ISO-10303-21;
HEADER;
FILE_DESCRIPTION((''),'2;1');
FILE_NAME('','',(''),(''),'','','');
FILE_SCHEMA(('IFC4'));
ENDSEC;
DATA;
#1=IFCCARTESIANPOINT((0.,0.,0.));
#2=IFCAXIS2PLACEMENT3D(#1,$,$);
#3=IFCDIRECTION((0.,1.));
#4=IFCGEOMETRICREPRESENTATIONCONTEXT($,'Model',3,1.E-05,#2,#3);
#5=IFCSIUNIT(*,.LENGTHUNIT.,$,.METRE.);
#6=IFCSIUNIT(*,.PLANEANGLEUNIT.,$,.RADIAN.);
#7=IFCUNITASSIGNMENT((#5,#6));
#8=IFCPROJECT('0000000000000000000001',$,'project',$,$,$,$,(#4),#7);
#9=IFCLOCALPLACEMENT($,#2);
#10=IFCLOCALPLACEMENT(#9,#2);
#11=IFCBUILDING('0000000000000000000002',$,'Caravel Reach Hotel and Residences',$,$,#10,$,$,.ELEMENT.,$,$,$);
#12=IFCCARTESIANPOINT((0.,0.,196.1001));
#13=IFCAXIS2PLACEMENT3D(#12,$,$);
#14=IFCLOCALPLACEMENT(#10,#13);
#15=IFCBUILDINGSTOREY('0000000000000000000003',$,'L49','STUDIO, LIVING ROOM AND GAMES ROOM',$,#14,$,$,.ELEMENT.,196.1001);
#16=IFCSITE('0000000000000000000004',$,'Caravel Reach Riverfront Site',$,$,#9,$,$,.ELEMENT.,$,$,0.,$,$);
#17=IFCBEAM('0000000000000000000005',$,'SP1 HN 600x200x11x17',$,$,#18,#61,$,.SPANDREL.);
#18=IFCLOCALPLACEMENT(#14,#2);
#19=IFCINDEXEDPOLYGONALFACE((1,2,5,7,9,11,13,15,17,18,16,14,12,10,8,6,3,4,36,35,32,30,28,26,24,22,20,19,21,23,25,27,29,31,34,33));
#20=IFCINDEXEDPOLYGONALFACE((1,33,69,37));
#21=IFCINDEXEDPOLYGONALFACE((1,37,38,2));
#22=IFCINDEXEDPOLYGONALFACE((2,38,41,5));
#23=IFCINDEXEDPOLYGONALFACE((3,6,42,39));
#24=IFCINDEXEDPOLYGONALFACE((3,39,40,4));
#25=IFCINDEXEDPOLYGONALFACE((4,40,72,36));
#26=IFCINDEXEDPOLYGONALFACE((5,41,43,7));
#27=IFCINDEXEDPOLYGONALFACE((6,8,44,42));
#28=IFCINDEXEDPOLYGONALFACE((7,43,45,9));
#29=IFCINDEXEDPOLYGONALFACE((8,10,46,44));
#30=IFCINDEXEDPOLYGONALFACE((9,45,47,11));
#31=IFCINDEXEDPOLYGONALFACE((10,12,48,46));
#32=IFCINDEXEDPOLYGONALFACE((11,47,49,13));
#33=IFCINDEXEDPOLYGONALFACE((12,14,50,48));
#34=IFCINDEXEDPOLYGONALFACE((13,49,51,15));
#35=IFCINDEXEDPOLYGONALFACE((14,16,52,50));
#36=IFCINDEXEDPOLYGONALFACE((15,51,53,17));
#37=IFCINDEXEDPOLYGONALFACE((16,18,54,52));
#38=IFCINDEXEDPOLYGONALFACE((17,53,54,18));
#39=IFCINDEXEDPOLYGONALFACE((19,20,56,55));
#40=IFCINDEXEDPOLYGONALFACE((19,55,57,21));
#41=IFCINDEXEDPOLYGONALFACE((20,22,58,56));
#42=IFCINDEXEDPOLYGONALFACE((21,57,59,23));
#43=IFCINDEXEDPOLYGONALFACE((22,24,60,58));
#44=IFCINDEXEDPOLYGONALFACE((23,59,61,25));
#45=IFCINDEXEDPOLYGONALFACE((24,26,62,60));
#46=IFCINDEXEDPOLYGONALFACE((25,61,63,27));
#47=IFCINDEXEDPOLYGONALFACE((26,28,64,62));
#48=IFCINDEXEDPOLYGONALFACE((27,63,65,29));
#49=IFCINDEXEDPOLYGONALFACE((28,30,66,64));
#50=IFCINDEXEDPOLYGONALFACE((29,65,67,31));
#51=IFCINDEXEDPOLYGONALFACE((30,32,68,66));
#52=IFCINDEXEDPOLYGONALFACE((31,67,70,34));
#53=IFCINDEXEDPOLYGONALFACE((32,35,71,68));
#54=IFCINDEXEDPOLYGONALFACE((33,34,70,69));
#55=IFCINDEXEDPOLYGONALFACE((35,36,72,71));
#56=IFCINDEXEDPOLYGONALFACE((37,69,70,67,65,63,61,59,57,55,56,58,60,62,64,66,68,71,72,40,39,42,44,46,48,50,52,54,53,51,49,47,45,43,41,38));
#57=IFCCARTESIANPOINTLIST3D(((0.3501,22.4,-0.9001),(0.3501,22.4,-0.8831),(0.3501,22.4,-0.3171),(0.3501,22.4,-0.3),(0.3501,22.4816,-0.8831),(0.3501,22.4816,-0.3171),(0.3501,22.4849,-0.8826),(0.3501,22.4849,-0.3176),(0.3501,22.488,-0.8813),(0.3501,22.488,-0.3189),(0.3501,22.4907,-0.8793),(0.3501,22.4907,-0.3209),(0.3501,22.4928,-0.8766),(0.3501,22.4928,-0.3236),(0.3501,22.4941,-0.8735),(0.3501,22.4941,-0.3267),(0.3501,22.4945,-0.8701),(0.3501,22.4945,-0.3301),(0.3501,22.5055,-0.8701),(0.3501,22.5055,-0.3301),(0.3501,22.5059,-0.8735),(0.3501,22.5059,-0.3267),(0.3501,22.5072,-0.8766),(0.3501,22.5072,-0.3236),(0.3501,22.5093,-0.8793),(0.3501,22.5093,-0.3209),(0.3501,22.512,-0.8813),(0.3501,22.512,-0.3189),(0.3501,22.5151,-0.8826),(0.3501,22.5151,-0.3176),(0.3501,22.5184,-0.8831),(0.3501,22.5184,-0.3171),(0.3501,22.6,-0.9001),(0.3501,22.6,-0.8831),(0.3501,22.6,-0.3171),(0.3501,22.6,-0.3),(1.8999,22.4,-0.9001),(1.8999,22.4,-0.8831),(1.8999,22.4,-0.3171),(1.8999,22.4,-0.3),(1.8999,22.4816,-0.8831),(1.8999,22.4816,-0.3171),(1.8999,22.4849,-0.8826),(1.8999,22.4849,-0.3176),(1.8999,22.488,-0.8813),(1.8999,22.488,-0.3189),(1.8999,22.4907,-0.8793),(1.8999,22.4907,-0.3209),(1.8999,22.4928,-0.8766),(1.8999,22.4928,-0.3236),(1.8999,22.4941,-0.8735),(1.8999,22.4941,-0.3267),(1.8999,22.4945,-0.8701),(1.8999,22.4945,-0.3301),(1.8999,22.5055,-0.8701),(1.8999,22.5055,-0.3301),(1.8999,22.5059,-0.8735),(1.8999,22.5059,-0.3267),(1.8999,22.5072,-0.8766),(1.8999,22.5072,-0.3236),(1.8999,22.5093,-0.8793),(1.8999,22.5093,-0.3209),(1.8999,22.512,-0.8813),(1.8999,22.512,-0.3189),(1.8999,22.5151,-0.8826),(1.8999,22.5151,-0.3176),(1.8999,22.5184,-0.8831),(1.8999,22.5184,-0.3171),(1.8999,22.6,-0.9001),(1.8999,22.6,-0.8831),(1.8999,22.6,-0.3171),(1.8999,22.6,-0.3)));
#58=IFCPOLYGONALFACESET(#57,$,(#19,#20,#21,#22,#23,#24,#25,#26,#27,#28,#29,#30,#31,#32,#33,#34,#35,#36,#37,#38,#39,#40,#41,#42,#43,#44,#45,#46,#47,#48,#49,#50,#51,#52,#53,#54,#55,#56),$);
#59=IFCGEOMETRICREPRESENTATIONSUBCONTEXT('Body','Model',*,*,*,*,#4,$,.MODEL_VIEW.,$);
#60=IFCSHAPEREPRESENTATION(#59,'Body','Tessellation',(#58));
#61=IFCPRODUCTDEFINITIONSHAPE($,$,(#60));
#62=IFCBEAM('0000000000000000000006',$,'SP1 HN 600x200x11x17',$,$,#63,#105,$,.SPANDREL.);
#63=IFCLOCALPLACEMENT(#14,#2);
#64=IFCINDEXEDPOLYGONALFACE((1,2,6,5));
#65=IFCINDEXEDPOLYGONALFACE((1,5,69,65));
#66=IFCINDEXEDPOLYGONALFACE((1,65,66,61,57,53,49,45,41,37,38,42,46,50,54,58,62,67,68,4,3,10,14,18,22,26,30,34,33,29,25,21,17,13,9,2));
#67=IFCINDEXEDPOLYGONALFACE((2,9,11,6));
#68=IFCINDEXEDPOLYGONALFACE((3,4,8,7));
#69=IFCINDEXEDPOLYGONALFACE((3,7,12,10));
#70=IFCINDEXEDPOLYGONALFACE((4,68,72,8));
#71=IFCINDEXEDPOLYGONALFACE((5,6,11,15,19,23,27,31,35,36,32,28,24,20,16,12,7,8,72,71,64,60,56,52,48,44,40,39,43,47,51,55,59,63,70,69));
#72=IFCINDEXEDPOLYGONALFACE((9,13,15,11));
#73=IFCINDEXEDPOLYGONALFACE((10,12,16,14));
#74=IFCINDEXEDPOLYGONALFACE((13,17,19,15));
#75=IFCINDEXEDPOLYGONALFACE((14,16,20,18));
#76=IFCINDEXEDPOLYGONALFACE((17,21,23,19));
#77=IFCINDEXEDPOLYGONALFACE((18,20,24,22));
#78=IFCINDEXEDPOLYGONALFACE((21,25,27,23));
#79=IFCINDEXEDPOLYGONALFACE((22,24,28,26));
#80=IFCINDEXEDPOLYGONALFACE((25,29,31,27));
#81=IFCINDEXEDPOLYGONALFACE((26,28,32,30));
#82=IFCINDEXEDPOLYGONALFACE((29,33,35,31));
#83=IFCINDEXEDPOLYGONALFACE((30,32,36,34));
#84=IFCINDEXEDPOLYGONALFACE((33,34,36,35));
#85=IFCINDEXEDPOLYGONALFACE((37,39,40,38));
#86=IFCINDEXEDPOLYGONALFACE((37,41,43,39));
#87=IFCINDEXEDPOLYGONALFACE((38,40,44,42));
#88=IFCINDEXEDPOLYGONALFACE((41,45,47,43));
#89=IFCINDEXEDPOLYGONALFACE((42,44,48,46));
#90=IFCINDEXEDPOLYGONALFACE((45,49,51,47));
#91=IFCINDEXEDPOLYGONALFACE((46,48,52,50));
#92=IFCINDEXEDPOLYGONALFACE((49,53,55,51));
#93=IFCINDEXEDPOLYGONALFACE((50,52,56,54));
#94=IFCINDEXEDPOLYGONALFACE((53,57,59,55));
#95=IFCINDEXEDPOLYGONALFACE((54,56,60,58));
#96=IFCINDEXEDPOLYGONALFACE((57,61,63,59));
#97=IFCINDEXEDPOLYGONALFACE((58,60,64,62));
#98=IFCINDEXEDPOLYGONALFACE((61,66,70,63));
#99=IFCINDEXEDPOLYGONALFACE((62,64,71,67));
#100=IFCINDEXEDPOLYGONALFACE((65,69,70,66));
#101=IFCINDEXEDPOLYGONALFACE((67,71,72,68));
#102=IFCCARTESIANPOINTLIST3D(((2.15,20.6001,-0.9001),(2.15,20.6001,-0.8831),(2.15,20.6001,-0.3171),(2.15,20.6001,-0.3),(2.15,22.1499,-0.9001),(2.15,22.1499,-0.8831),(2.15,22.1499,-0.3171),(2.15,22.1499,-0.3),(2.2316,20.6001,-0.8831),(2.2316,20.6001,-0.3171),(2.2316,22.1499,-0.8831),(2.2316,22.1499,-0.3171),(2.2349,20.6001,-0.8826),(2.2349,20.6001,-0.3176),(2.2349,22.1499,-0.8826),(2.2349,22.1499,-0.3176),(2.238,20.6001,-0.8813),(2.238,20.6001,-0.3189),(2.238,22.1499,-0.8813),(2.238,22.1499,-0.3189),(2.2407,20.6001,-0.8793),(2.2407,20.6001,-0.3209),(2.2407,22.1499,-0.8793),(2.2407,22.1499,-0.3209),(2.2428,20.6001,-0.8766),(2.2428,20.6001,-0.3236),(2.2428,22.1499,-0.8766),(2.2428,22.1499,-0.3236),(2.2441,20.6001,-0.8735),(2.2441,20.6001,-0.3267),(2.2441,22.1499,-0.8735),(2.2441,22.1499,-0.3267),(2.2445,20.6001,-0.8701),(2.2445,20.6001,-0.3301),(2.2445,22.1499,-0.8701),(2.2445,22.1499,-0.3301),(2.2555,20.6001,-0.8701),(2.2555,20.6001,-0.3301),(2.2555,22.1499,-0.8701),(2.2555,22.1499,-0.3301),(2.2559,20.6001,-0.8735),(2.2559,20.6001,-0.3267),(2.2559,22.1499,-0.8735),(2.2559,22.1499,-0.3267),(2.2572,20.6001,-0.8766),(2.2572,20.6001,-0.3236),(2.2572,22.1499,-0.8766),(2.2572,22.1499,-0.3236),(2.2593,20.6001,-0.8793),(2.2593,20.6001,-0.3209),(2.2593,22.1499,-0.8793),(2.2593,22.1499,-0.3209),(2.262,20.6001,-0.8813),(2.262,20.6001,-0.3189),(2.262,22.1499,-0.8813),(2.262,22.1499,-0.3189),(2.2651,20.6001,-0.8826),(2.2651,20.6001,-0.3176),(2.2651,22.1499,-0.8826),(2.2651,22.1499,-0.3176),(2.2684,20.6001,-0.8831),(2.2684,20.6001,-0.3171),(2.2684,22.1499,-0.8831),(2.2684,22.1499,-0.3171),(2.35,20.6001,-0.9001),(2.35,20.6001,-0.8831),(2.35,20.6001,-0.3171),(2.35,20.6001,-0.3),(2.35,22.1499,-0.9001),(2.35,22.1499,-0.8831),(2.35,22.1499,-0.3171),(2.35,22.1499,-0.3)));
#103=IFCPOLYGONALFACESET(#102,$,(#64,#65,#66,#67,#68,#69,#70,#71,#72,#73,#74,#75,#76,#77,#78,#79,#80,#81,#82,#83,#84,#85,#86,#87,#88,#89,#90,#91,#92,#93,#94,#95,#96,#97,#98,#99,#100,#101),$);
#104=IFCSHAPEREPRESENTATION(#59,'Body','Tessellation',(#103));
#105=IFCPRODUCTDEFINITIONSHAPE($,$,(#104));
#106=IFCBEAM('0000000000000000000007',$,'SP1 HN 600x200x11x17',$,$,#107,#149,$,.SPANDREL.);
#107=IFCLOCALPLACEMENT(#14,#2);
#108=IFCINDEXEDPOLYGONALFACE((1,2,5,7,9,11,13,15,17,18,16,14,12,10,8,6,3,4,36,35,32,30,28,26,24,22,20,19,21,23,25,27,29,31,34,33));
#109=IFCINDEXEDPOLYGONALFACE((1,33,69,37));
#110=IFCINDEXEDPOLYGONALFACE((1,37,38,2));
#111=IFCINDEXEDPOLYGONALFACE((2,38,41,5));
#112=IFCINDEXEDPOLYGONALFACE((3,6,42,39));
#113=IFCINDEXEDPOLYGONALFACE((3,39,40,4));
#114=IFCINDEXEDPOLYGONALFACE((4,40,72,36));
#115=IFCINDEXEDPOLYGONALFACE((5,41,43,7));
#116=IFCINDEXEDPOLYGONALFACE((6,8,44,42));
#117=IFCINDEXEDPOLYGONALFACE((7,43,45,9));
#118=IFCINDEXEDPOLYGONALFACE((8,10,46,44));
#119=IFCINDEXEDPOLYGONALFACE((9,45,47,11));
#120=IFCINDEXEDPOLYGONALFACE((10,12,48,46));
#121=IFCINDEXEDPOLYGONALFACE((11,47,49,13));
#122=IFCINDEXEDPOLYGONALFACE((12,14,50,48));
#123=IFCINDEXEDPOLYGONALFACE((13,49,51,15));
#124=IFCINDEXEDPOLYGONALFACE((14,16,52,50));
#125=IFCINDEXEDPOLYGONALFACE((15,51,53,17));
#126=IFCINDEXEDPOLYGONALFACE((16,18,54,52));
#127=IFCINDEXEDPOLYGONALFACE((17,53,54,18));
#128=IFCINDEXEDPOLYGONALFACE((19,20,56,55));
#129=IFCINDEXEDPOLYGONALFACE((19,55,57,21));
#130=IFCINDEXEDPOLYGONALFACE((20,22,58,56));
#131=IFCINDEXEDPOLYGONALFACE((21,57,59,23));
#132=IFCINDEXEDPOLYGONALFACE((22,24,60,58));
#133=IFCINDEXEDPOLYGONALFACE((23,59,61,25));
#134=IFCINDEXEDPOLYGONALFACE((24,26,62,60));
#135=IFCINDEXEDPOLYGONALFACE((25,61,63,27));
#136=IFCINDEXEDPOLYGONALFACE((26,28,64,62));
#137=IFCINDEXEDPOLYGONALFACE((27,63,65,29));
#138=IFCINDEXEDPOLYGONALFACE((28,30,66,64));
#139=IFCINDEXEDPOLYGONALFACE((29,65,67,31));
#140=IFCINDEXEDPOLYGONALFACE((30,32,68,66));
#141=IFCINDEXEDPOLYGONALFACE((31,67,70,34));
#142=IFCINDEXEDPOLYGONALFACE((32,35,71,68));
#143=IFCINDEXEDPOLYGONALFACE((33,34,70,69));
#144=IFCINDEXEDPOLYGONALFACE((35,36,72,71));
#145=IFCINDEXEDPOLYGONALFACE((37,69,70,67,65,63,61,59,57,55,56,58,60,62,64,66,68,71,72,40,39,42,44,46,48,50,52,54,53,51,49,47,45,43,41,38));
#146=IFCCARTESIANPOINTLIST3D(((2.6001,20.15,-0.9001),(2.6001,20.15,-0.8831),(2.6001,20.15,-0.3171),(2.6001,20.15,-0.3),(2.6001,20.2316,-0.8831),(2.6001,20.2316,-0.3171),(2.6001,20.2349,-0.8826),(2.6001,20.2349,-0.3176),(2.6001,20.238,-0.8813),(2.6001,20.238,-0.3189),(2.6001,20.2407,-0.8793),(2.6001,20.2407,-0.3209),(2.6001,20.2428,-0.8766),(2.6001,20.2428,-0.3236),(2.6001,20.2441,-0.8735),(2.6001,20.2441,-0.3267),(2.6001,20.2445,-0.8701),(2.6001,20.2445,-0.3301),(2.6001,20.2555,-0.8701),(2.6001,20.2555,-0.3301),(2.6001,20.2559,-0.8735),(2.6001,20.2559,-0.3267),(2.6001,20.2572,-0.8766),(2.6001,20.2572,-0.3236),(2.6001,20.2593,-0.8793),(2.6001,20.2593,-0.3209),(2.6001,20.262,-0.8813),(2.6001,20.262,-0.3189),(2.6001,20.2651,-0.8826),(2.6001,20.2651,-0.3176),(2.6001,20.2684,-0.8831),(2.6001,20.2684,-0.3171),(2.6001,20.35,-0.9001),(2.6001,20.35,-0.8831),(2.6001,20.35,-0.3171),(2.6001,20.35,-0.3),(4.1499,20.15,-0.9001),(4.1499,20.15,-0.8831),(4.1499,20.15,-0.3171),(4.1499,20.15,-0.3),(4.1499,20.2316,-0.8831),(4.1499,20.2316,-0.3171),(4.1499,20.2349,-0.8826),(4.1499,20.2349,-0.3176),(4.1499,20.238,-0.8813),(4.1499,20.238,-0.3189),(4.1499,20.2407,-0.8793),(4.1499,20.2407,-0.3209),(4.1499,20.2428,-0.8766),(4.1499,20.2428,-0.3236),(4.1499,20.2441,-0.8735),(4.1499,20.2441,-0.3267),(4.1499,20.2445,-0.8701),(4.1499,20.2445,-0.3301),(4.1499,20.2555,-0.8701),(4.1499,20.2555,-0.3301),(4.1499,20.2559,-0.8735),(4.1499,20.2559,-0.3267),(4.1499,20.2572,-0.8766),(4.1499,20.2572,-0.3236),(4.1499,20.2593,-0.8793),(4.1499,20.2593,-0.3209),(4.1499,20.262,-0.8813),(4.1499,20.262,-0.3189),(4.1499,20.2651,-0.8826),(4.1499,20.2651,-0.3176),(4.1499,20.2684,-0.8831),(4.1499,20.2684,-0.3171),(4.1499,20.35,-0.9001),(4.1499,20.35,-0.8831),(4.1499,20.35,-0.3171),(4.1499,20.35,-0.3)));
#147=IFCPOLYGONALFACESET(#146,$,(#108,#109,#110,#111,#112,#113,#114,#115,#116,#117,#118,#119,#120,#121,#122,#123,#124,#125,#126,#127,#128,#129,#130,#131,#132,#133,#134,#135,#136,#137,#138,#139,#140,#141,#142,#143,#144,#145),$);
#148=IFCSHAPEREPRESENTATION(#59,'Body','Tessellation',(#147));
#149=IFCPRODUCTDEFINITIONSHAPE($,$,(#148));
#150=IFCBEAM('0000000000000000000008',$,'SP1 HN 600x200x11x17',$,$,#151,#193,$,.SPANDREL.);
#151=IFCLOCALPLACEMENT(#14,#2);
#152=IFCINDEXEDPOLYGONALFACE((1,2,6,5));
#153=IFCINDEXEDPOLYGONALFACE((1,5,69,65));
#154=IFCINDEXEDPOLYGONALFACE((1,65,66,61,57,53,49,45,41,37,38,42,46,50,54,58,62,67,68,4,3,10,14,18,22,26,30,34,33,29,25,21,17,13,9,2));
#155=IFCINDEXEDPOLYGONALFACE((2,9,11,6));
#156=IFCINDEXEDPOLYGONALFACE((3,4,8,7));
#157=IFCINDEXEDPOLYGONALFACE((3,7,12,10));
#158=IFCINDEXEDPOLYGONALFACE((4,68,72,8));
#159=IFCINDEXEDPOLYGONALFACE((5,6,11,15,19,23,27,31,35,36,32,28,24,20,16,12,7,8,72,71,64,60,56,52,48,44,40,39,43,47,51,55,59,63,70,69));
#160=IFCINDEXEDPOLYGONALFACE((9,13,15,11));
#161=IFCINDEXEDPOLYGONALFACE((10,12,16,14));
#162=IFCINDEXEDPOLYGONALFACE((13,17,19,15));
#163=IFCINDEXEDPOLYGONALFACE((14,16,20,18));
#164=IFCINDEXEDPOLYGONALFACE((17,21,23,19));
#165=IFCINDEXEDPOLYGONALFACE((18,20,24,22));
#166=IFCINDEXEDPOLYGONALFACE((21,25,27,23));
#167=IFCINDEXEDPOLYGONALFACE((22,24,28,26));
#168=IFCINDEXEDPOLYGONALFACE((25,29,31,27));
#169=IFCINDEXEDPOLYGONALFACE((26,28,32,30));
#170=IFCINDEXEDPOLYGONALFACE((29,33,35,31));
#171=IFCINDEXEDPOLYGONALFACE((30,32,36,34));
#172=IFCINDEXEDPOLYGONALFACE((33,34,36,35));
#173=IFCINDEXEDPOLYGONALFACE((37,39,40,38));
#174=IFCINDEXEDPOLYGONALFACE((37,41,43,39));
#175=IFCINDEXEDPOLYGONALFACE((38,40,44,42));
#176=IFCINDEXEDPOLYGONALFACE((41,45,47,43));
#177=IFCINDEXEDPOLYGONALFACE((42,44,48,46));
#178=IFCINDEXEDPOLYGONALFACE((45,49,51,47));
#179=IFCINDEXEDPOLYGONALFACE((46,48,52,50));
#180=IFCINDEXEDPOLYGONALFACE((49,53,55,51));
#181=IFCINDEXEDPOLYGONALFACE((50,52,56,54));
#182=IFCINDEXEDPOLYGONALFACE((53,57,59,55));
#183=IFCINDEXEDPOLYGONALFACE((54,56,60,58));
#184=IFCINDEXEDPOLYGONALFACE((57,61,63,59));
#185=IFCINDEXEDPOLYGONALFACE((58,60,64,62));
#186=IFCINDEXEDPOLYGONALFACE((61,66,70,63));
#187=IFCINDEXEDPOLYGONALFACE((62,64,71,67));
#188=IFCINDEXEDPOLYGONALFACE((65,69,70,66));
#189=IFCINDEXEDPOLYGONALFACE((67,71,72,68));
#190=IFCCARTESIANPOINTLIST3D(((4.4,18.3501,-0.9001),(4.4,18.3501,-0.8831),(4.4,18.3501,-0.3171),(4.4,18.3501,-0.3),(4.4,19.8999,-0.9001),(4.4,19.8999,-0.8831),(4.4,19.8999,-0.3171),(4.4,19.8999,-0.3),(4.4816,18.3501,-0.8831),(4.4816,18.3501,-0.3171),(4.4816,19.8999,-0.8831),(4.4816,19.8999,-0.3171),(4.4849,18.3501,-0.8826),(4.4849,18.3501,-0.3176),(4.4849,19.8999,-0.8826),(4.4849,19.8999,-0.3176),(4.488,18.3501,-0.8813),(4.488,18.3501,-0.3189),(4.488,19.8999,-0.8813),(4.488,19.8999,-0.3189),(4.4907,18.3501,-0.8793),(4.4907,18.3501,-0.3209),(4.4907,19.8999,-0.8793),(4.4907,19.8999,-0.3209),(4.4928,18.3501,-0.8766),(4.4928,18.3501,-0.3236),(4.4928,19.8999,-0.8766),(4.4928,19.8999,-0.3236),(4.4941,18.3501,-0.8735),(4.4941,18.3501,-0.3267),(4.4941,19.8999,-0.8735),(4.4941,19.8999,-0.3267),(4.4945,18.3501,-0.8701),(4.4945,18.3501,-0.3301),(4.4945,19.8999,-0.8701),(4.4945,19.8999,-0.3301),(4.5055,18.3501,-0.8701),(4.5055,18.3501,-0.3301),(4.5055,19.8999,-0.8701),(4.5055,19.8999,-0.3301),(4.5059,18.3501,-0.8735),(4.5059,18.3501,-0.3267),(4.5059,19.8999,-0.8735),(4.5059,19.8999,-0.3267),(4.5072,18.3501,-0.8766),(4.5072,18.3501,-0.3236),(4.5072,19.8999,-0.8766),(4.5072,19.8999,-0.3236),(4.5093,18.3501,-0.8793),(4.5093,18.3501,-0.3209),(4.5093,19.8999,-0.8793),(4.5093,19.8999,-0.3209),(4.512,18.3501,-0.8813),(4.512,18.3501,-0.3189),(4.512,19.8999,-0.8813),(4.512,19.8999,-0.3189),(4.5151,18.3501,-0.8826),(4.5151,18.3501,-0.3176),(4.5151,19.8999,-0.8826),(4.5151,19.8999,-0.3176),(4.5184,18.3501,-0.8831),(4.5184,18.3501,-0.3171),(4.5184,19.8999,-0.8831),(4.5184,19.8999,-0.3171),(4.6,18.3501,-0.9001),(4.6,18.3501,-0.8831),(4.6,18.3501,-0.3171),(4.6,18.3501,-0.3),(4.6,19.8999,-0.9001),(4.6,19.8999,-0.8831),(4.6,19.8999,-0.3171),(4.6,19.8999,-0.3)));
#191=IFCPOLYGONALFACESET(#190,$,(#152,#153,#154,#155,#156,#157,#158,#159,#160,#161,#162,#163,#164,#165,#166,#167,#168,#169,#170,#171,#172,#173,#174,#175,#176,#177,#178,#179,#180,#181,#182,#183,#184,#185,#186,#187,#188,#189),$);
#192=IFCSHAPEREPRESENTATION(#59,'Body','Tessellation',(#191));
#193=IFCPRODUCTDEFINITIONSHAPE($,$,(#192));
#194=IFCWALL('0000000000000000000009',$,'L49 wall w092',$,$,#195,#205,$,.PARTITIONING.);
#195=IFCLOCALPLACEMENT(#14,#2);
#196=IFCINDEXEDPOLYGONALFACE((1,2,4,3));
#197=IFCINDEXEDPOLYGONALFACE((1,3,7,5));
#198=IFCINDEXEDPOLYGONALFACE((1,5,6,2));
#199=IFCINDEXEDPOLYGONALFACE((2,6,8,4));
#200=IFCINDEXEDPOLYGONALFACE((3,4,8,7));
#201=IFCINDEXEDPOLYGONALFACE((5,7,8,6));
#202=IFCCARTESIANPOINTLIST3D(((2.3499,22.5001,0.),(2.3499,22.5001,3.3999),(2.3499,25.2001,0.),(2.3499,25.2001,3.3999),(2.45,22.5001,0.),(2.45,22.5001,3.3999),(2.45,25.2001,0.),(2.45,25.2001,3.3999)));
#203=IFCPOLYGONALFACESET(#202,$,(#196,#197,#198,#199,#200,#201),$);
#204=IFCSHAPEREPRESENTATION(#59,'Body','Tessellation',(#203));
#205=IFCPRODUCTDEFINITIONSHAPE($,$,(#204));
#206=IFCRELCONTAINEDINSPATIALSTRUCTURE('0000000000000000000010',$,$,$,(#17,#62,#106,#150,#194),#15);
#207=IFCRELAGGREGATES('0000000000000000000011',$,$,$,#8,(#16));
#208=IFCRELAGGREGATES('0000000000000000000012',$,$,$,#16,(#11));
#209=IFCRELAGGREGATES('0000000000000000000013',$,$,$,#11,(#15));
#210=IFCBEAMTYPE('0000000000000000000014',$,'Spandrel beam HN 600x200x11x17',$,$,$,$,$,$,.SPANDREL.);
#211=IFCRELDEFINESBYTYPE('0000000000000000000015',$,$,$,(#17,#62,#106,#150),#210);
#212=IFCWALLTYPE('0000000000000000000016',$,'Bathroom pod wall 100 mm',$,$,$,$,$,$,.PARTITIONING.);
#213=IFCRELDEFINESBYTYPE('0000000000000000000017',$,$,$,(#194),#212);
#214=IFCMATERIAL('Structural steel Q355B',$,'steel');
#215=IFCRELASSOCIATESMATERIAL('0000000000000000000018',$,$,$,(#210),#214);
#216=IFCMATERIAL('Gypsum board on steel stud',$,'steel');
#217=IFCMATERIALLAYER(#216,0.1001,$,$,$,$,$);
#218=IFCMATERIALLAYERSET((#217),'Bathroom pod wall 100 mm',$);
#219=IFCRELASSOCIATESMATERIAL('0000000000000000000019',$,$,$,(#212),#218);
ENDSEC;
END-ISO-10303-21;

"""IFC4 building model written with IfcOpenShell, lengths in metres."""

from ifc_helpers import new_model, si_unit, direction, frame, frame_2d, origin, origin_2d, place, context, subcontext, project, spatial, rectangle, i_section, extrude, material, layer, layer_set, material_profile, profile_set, type_object, element, save


model = new_model("IFC4")

# Units and contexts
model_context = context("Model", 3, precision=1e-05, world=origin(), true_north=direction((0.0, 1.0)))
body_context = subcontext(model_context, "Body", "Model", "MODEL_VIEW")
ifc_project = project(units=[si_unit("LENGTHUNIT", "METRE"), si_unit("PLANEANGLEUNIT", "RADIAN")], contexts=[model_context])

# Site, building, storey
site_placement = place(None, origin())
site = spatial("IfcSite", under=ifc_project, at=site_placement, Name="Caravel Reach Riverfront Site", CompositionType="ELEMENT", RefElevation=0.0)
building_placement = place(site_placement, origin())
building = spatial("IfcBuilding", under=site, at=building_placement, Name="Caravel Reach Hotel and Residences", CompositionType="ELEMENT")
storey_placement = place(building_placement, frame((0.0, 0.0, 196.1001)))
storey = spatial("IfcBuildingStorey", under=building, at=storey_placement, Name="L49", Description="STUDIO, LIVING ROOM AND GAMES ROOM", CompositionType="ELEMENT", Elevation=196.1001)

# Beams
ifc_material_1 = material(Name="Structural steel Q355B", Category="steel")
ifc_material_profile_1 = material_profile(ifc_material_1, i_section(OverallWidth=0.2, OverallDepth=0.6001, WebThickness=0.011, FlangeThickness=0.0171, FilletRadius=0.0129, at=origin_2d()), Name="HN 600x200x11x17")
ifc_profile_set_1 = profile_set([ifc_material_profile_1], Name="Structural steel Q355B")
beam_type_1 = type_object("IfcBeamType", Name="Spandrel beam HN 600x200x11x17", PredefinedType="SPANDREL", material=ifc_profile_set_1)
for number, where, z_axis, x_axis, name in (
    (1, (0.3501, 22.5, -0.6001), (1.0, 0.0, 0.0), (0.0, 1.0, 0.0), "SP1 HN 600x200x11x17"),
    (2, (2.25, 22.1499, -0.6001), (0.0, -1.0, 0.0), (1.0, 0.0, 0.0), "SP1 HN 600x200x11x17"),
    (3, (2.6001, 20.25, -0.6001), (1.0, 0.0, 0.0), (0.0, 1.0, 0.0), "SP1 HN 600x200x11x17"),
    (4, (4.5, 19.8999, -0.6001), (0.0, -1.0, 0.0), (1.0, 0.0, 0.0), "SP1 HN 600x200x11x17"),
):
    element("IfcBeam", number, at=place(storey_placement, frame(where, z_axis=z_axis, x_axis=x_axis)), inside=storey, type_object=beam_type_1, Name=name, PredefinedType="SPANDREL", context=body_context, shape_type="SweptSolid", body=[
        extrude(i_section(OverallWidth=0.2, OverallDepth=0.6001, WebThickness=0.011, FlangeThickness=0.0171, FilletRadius=0.0129, at=origin_2d()), origin(), (0.0, 0.0, 1.0), 1.5498),
    ])

# Wall
ifc_material_2 = material(Name="Gypsum board on steel stud", Category="steel")
ifc_layer_1 = layer(ifc_material_2, 0.1001)
ifc_layer_set_1 = layer_set([ifc_layer_1], Name="Bathroom pod wall 100 mm")
wall_type_1 = type_object("IfcWallType", Name="Bathroom pod wall 100 mm", PredefinedType="PARTITIONING", material=ifc_layer_set_1)
wall_1_placement = place(storey_placement, frame((2.3999, 22.5, 0.0), z_axis=(0.0, 0.0, 1.0), x_axis=(0.0, 1.0, 0.0)))
element("IfcWall", 5, at=wall_1_placement, inside=storey, type_object=wall_type_1, Name="L49 wall w092", PredefinedType="PARTITIONING", context=body_context, shape_type="SweptSolid", body=[
    extrude(rectangle(XDim=2.7, YDim=0.1001, at=frame_2d((1.3501, 0.0))), origin(), (0.0, 0.0, 1.0), 3.3999),
])

save(model, "model.ifc")
